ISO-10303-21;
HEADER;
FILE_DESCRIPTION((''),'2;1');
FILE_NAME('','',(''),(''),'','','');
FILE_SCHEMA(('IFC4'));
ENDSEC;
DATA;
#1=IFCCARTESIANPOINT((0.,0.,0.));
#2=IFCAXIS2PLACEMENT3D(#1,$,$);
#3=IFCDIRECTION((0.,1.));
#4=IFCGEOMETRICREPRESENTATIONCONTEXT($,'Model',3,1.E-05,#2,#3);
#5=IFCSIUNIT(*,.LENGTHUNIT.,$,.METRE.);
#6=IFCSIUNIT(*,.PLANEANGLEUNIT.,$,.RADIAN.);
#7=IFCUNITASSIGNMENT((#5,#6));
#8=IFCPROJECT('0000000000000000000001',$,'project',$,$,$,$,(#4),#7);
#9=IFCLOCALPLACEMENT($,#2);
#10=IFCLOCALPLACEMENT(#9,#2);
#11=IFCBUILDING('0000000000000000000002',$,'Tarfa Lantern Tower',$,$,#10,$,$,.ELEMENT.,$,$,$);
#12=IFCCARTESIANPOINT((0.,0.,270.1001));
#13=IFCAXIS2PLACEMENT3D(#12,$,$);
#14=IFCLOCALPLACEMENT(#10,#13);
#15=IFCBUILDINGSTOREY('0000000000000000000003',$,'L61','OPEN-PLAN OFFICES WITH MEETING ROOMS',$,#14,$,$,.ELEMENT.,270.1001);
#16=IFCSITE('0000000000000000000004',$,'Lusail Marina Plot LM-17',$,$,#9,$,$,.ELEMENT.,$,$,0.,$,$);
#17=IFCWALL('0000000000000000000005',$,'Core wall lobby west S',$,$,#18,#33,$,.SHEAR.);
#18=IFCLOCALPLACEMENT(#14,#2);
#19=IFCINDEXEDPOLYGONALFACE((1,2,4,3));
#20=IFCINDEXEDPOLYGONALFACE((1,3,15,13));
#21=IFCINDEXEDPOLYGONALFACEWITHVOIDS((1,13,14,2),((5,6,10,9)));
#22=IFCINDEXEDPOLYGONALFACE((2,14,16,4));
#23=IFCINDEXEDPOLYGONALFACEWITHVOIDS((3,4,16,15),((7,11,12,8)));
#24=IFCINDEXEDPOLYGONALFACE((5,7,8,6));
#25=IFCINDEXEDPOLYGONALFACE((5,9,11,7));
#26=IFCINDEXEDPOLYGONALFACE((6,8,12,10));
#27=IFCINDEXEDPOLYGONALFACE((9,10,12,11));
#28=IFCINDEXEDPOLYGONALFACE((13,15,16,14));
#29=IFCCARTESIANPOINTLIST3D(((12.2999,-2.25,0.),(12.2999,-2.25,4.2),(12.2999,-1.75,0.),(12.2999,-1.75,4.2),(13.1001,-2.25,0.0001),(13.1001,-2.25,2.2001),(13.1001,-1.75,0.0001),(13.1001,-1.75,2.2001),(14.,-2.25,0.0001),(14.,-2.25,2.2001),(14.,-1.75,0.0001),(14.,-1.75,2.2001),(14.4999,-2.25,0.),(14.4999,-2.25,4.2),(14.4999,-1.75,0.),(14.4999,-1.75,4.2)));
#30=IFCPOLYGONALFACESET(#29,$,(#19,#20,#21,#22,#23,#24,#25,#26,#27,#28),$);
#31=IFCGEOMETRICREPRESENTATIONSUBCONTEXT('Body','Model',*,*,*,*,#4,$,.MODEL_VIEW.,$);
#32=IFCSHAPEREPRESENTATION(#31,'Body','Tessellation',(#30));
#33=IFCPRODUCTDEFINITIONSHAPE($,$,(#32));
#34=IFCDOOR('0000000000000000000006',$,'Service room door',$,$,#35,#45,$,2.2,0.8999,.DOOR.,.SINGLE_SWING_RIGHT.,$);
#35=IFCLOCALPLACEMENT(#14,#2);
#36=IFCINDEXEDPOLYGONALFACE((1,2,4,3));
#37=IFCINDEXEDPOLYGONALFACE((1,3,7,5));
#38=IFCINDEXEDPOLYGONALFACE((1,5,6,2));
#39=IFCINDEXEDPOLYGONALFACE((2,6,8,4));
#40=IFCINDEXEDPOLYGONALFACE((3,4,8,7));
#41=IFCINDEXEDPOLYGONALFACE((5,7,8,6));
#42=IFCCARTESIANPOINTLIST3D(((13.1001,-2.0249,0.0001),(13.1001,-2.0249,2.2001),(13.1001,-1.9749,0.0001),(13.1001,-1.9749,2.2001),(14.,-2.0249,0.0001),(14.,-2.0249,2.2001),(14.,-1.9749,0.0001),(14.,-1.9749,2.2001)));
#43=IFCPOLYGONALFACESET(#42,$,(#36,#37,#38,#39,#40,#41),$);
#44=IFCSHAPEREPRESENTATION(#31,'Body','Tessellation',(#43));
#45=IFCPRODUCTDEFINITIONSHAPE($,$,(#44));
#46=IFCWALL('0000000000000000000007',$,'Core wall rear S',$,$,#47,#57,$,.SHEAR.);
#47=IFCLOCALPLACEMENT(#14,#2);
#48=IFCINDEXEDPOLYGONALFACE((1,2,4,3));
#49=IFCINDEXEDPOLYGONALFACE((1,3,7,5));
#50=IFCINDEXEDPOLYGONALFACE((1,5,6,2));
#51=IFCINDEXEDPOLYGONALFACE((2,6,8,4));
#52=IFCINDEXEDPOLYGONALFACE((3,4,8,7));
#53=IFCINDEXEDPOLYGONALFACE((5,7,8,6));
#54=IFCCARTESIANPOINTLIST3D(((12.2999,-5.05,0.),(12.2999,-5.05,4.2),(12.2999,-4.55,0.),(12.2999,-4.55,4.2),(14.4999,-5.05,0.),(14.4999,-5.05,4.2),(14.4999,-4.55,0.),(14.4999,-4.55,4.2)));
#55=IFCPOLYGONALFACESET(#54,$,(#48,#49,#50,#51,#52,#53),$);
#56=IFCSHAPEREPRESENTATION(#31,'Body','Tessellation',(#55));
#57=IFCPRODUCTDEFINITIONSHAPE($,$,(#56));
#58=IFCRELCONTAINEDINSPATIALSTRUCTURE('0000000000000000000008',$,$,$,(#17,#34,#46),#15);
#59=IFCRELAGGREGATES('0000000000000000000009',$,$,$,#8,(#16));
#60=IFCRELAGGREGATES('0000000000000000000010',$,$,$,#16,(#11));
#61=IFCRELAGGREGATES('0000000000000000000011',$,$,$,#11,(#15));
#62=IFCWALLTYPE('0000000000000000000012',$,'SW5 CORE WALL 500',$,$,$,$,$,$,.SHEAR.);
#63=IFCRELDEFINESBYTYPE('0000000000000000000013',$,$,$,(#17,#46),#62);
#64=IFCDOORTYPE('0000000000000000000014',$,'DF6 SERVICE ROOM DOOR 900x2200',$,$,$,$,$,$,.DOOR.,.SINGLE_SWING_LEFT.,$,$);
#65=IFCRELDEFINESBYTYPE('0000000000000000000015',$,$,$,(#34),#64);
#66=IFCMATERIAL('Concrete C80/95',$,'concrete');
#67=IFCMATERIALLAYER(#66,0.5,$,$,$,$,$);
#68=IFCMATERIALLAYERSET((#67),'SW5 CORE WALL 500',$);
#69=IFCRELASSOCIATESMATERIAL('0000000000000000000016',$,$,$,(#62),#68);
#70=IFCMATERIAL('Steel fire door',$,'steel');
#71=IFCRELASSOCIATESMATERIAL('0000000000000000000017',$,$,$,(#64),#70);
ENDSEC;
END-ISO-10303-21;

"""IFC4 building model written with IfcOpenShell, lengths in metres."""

from ifc_helpers import new_model, si_unit, direction, frame, frame_2d, origin, place, context, subcontext, project, spatial, rectangle, extrude, material, layer, layer_set, type_object, element, fill, save


model = new_model("IFC4")

# Units and contexts
model_context = context("Model", 3, precision=1e-05, world=origin(), true_north=direction((0.0, 1.0)))
body_context = subcontext(model_context, "Body", "Model", "MODEL_VIEW")
ifc_project = project(units=[si_unit("LENGTHUNIT", "METRE"), si_unit("PLANEANGLEUNIT", "RADIAN")], contexts=[model_context])

# Site, building, storey
site_placement = place(None, origin())
site = spatial("IfcSite", under=ifc_project, at=site_placement, Name="Lusail Marina Plot LM-17", CompositionType="ELEMENT", RefElevation=0.0)
building_placement = place(site_placement, origin())
building = spatial("IfcBuilding", under=site, at=building_placement, Name="Tarfa Lantern Tower", CompositionType="ELEMENT")
storey_placement = place(building_placement, frame((0.0, 0.0, 270.1001)))
storey = spatial("IfcBuildingStorey", under=building, at=storey_placement, Name="L61", Description="OPEN-PLAN OFFICES WITH MEETING ROOMS", CompositionType="ELEMENT", Elevation=270.1001)

# Wall, opening, door
ifc_material_1 = material(Name="Concrete C80/95", Category="concrete")
ifc_material_2 = material(Name="Steel fire door", Category="steel")
ifc_layer_1 = layer(ifc_material_1, 0.5)
ifc_layer_set_1 = layer_set([ifc_layer_1], Name="SW5 CORE WALL 500")
wall_type_1 = type_object("IfcWallType", Name="SW5 CORE WALL 500", PredefinedType="SHEAR", material=ifc_layer_set_1)
wall_1_placement = place(storey_placement, frame((14.5, -2.0, 0.0), z_axis=(0.0, 0.0, 1.0), x_axis=(-1.0, 0.0, 0.0)))
wall_1 = element("IfcWall", 1, at=wall_1_placement, inside=storey, type_object=wall_type_1, Name="Core wall lobby west S", PredefinedType="SHEAR", context=body_context, shape_type="SweptSolid", body=[
    extrude(rectangle(XDim=2.2, YDim=0.5, at=frame_2d((1.1001, 0.0))), origin(), (0.0, 0.0, 1.0), 4.2),
])
opening_1_placement = place(wall_1_placement, frame((0.5, 0.0, 0.0)))
opening_1 = element("IfcOpeningElement", 2, at=opening_1_placement, cuts=wall_1, PredefinedType="OPENING", context=body_context, shape_type="SweptSolid", body=[
    extrude(rectangle(XDim=0.8999, YDim=2.2, at=frame_2d((0.45, 1.1001))), frame((0.0, 0.26, 0.0), z_axis=(0.0, -1.0, 0.0), x_axis=(1.0, 0.0, 0.0)), (0.0, 0.0, 1.0), 0.52),
])
door_type_1 = type_object("IfcDoorType", Name="DF6 SERVICE ROOM DOOR 900x2200", OperationType="SINGLE_SWING_LEFT", PredefinedType="DOOR", material=ifc_material_2)
door_1_placement = place(opening_1_placement, origin())
door_1 = element("IfcDoor", 3, at=door_1_placement, inside=storey, type_object=door_type_1, Name="Service room door", OperationType="SINGLE_SWING_RIGHT", OverallHeight=2.2, OverallWidth=0.8999, PredefinedType="DOOR", context=body_context, shape_type="SweptSolid", body=[
    extrude(rectangle(XDim=0.8999, YDim=2.2, at=frame_2d((0.45, 1.1001))), frame((0.0, 0.0249, 0.0), z_axis=(0.0, -1.0, 0.0), x_axis=(1.0, 0.0, 0.0)), (0.0, 0.0, 1.0), 0.05),
])
fill(opening_1, door_1)

# Wall
wall_2_placement = place(storey_placement, frame((14.5, -4.8, 0.0), z_axis=(0.0, 0.0, 1.0), x_axis=(-1.0, 0.0, 0.0)))
element("IfcWall", 4, at=wall_2_placement, inside=storey, type_object=wall_type_1, Name="Core wall rear S", PredefinedType="SHEAR", context=body_context, shape_type="SweptSolid", body=[
    extrude(rectangle(XDim=2.2, YDim=0.5, at=frame_2d((1.1001, 0.0))), origin(), (0.0, 0.0, 1.0), 4.2),
])

save(model, "model.ifc")
